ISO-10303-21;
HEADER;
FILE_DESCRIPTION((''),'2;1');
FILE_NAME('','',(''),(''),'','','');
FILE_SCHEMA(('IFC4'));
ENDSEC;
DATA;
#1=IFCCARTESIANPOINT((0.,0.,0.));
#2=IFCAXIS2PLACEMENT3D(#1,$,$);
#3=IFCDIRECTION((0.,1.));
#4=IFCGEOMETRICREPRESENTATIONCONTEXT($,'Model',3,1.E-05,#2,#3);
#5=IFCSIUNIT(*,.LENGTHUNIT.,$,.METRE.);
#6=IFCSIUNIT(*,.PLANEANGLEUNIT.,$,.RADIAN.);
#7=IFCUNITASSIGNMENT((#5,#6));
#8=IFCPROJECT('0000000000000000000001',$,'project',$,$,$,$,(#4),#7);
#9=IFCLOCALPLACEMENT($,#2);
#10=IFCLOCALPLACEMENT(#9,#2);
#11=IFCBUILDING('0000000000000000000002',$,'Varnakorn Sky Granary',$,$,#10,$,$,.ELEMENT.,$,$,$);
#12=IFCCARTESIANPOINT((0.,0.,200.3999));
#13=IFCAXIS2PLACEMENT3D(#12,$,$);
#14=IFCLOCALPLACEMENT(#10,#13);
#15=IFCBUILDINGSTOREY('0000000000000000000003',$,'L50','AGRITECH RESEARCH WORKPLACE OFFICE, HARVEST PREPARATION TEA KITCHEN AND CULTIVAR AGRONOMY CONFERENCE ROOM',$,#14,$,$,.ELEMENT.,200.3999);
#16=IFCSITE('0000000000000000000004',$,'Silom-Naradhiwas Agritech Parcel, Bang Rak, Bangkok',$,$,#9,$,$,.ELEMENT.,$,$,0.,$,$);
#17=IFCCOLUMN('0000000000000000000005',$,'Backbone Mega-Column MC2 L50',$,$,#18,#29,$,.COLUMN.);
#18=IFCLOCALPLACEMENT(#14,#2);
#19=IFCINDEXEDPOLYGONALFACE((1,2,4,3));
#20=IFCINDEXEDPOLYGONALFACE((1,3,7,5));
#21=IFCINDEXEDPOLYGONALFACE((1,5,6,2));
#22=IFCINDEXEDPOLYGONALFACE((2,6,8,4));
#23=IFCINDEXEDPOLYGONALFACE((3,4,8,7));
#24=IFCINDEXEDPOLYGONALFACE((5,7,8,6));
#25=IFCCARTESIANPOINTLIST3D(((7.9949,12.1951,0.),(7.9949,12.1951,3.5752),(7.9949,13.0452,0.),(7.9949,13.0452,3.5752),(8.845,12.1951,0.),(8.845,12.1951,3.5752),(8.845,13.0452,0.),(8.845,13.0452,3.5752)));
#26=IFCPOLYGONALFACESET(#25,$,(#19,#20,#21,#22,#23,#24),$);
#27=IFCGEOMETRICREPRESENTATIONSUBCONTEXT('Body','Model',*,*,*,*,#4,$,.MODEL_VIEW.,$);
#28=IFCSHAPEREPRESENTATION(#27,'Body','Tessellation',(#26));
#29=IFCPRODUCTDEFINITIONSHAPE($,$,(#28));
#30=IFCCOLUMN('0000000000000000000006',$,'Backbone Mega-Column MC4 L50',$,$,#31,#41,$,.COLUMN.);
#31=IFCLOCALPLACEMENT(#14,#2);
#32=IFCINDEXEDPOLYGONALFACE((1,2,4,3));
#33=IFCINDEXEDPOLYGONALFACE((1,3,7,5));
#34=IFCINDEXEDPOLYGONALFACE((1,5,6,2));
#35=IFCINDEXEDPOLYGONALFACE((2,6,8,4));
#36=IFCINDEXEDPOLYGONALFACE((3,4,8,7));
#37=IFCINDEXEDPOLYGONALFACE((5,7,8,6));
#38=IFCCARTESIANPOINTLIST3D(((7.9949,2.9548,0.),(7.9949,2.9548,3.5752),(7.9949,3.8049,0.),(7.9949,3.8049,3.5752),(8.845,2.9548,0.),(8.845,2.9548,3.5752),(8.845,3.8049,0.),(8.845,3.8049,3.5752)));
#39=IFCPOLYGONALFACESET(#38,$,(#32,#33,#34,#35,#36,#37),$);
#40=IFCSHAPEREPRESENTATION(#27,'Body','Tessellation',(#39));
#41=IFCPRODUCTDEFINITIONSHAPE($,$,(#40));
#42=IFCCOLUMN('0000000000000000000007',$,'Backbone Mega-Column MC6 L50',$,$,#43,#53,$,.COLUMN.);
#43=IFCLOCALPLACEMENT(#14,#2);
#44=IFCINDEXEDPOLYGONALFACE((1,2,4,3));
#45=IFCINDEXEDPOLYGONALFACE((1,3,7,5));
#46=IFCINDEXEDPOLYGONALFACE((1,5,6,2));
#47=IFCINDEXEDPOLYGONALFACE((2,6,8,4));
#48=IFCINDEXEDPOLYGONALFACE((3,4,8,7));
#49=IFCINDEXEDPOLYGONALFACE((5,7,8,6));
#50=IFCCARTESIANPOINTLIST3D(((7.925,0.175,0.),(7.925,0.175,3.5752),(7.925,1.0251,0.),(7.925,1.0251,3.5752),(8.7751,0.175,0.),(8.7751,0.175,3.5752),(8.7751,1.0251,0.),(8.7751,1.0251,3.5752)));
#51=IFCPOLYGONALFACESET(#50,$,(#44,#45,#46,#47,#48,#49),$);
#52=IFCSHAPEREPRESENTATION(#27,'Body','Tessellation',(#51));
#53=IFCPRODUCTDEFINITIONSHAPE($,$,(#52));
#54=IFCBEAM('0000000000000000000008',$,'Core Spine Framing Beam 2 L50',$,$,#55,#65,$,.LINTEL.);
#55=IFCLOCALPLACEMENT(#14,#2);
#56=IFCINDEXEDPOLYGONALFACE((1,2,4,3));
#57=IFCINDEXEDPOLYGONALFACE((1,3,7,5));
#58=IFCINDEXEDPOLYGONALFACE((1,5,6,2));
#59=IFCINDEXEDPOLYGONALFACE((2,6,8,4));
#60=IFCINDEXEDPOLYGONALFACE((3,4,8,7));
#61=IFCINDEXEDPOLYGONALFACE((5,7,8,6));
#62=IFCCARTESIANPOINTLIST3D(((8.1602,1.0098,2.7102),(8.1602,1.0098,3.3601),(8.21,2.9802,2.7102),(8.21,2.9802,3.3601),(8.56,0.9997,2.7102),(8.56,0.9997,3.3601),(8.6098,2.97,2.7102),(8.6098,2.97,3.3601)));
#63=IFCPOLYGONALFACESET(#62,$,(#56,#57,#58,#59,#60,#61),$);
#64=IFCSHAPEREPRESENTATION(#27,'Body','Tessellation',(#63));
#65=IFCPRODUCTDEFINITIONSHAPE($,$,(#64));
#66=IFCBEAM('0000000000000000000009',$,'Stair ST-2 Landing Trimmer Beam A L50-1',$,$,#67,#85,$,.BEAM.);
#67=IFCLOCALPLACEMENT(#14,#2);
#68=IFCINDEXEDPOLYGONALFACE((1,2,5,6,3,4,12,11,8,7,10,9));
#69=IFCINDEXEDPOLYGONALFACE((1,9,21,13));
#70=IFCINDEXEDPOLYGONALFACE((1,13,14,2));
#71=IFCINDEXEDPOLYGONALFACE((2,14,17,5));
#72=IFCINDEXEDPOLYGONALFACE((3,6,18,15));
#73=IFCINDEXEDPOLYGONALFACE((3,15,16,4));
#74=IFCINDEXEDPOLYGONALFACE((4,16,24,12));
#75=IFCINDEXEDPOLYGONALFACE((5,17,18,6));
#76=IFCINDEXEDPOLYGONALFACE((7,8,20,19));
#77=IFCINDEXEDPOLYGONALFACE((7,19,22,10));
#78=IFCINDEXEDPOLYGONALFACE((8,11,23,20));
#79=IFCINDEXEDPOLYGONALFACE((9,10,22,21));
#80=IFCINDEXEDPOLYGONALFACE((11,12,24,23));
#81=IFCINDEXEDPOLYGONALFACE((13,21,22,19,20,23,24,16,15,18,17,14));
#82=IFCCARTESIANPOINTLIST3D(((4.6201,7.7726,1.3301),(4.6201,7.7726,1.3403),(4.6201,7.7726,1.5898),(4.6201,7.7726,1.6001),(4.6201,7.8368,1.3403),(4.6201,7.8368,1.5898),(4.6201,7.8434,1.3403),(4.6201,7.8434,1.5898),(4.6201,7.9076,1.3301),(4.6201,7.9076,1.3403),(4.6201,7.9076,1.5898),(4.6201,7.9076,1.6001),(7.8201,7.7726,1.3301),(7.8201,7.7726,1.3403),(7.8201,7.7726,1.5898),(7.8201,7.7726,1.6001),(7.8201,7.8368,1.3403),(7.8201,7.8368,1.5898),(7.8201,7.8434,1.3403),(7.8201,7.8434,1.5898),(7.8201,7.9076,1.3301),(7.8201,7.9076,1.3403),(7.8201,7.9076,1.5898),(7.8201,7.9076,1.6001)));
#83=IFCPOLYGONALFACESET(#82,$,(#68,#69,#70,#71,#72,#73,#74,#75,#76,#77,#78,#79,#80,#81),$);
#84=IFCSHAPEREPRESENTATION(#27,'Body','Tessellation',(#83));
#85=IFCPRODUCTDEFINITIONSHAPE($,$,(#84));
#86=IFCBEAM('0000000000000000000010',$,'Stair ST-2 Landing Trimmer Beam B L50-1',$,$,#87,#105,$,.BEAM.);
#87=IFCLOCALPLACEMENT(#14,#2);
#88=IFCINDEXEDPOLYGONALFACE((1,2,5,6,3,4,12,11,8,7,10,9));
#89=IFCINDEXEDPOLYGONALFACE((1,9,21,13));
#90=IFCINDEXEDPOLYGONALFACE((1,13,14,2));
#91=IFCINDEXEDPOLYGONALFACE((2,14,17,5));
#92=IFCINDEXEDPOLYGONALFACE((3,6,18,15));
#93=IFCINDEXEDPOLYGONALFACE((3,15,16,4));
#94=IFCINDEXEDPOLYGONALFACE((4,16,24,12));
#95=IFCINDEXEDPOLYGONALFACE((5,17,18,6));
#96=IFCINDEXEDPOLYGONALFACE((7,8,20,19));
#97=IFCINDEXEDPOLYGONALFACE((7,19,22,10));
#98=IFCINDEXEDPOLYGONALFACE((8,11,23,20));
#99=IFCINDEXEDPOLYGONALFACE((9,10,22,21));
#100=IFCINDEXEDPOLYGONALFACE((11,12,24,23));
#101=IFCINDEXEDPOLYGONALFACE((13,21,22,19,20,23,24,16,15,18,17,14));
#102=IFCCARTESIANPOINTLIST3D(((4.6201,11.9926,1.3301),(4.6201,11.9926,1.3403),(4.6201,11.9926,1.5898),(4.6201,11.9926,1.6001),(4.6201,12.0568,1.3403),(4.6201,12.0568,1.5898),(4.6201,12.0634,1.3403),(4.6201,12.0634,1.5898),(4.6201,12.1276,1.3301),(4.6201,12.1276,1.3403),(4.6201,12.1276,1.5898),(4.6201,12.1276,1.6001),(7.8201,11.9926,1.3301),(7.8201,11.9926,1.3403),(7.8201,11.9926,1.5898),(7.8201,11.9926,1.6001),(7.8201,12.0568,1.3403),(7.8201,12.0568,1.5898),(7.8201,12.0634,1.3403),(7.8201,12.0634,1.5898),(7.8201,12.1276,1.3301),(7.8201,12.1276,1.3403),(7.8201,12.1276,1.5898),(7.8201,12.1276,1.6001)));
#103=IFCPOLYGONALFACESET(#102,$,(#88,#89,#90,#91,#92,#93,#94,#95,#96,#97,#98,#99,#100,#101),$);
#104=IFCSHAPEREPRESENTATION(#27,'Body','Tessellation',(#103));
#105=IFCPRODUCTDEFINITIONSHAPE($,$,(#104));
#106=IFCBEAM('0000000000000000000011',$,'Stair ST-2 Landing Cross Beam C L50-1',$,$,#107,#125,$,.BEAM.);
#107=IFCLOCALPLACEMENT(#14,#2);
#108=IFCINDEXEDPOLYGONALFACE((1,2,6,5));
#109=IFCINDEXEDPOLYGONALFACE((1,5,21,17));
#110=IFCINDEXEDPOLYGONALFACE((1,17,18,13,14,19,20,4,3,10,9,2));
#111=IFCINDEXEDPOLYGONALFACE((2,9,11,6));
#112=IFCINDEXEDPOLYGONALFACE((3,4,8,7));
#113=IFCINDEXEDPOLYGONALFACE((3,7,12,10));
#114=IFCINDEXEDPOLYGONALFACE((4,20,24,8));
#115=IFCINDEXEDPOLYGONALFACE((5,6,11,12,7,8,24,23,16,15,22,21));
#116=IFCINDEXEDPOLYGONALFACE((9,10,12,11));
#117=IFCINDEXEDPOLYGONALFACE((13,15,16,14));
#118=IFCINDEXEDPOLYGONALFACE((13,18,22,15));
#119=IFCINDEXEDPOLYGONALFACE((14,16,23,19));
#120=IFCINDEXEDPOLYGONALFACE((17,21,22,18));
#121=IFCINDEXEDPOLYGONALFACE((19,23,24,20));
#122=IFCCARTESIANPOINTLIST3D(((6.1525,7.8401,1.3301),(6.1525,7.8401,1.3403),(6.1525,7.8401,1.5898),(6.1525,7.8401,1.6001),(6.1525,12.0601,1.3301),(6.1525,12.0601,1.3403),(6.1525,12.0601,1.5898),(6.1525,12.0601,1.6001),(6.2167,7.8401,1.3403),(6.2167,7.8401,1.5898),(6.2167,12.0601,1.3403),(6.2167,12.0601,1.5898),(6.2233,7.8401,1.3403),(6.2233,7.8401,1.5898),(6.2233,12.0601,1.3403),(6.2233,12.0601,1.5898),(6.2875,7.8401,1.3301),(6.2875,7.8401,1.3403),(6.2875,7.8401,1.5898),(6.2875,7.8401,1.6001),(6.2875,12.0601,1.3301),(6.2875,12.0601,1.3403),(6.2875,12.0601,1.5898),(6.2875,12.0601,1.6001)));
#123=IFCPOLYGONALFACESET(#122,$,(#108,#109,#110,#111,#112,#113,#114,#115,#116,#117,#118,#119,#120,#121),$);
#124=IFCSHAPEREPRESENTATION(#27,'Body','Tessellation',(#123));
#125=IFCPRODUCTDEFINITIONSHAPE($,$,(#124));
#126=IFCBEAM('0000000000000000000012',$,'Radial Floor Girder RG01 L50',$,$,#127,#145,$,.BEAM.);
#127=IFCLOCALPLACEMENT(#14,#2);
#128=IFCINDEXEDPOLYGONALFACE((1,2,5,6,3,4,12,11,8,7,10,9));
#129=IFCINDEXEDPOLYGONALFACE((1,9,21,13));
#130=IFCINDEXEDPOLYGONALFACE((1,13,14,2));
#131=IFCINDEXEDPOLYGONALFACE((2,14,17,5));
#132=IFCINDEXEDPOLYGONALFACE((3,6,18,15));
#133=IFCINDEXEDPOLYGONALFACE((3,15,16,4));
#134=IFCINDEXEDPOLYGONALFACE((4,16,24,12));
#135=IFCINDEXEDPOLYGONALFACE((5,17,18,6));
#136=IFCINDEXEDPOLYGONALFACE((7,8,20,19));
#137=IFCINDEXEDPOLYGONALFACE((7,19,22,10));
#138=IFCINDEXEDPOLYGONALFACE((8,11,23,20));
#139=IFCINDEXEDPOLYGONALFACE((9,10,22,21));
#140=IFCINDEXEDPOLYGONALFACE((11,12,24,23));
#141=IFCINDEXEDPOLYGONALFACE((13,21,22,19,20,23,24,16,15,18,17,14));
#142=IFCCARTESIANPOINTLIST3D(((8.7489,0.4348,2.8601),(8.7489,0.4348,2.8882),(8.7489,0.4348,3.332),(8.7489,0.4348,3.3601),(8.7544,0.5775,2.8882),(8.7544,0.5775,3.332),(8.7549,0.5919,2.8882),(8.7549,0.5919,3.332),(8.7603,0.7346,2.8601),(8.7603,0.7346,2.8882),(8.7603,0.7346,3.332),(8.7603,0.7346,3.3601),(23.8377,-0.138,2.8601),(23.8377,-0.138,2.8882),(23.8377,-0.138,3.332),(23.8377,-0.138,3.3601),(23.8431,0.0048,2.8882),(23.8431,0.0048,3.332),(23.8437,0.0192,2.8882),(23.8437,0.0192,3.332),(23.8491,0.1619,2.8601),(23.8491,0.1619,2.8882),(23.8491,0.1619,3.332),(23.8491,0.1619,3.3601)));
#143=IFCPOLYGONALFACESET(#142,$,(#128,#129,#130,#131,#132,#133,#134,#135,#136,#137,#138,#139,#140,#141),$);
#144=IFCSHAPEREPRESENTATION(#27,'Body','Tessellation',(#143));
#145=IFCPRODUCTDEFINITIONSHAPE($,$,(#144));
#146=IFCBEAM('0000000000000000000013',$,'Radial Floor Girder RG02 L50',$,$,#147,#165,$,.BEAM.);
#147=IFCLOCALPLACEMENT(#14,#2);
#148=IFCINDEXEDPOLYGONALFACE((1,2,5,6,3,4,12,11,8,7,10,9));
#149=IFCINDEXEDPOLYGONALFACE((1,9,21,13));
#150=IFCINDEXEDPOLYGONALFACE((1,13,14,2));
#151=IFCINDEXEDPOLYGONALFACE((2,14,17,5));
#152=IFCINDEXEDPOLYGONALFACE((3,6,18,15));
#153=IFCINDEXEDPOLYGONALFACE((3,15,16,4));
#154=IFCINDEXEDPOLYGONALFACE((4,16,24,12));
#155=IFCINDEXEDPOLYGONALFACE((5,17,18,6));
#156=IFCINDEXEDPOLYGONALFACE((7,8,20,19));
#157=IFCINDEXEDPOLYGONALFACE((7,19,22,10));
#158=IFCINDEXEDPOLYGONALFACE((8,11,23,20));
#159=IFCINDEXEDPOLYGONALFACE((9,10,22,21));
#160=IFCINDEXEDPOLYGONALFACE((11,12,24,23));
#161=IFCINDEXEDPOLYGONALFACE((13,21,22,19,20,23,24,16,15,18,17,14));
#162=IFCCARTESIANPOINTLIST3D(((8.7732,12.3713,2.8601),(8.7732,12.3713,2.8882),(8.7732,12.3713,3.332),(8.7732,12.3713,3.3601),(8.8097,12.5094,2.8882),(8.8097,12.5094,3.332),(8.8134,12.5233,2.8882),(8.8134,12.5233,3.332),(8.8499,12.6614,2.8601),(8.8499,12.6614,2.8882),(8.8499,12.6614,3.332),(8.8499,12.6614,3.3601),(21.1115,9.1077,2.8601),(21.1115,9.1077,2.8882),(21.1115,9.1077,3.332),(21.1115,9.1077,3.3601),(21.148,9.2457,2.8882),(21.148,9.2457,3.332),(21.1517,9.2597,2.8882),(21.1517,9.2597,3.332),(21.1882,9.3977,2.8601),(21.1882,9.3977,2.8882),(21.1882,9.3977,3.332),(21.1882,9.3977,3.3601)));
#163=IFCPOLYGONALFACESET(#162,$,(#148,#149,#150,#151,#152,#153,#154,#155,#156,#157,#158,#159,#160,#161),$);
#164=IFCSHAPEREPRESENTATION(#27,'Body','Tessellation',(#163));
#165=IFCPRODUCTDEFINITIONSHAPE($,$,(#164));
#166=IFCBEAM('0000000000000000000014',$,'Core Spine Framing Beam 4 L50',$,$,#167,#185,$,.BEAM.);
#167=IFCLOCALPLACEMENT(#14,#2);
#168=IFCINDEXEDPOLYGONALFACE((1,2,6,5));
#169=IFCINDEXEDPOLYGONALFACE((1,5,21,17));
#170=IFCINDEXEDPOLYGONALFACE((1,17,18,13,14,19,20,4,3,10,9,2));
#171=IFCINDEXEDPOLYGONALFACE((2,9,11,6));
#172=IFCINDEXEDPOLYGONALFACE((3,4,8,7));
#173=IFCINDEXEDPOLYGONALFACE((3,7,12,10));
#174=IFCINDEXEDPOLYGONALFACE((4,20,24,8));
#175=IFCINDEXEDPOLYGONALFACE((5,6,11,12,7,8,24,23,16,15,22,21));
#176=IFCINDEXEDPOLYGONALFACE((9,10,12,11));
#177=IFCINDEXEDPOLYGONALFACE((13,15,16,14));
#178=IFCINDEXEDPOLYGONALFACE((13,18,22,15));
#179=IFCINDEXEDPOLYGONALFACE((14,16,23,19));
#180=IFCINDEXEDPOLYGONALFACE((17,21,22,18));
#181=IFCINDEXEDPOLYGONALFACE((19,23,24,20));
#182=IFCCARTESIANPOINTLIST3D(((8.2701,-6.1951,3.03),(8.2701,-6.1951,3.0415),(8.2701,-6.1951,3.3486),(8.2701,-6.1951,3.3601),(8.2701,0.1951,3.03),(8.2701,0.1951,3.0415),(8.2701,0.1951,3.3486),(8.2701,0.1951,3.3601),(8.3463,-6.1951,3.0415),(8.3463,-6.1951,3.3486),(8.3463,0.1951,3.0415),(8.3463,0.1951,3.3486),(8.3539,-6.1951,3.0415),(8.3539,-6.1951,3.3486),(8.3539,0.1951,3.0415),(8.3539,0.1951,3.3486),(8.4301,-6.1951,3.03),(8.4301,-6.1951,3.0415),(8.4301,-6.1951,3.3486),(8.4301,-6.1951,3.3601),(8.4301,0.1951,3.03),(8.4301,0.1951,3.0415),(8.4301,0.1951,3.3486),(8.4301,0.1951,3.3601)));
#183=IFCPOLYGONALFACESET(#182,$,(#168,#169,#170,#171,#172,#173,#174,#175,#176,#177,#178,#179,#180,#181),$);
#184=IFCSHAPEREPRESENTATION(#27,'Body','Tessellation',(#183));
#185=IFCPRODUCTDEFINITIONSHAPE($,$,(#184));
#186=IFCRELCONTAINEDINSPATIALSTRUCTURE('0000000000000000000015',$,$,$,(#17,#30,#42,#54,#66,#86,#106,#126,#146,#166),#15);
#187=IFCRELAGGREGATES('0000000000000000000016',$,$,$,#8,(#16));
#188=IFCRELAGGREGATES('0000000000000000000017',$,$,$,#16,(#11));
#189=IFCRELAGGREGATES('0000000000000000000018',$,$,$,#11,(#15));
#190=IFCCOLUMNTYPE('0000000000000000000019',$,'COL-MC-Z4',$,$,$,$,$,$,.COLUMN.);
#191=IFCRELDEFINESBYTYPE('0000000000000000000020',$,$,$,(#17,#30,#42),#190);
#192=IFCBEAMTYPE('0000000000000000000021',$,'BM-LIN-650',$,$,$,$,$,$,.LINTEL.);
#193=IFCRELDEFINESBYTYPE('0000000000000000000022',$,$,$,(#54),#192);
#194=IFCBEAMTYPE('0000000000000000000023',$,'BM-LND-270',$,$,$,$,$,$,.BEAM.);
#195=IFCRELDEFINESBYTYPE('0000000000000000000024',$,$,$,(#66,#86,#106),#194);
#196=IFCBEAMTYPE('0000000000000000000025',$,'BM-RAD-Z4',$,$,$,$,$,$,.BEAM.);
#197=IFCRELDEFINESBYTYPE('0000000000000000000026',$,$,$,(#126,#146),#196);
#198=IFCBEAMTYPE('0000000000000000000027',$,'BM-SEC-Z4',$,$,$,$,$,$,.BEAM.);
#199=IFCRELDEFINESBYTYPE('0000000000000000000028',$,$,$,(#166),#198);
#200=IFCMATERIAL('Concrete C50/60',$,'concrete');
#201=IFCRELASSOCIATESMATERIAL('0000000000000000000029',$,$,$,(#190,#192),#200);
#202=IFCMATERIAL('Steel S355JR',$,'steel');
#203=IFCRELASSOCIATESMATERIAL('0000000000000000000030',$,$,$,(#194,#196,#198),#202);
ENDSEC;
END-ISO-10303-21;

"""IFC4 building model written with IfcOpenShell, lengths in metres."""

from ifc_helpers import new_model, si_unit, direction, frame, origin, origin_2d, place, context, subcontext, project, spatial, rectangle, i_section, extrude, material, material_profile, profile_set, type_object, element, save


model = new_model("IFC4")

# Units and contexts
model_context = context("Model", 3, precision=1e-05, world=origin(), true_north=direction((0.0, 1.0)))
body_context = subcontext(model_context, "Body", "Model", "MODEL_VIEW")
ifc_project = project(units=[si_unit("LENGTHUNIT", "METRE"), si_unit("PLANEANGLEUNIT", "RADIAN")], contexts=[model_context])

# Site, building, storey
site_placement = place(None, origin())
site = spatial("IfcSite", under=ifc_project, at=site_placement, Name="Silom-Naradhiwas Agritech Parcel, Bang Rak, Bangkok", CompositionType="ELEMENT", RefElevation=0.0)
building_placement = place(site_placement, origin())
building = spatial("IfcBuilding", under=site, at=building_placement, Name="Varnakorn Sky Granary", CompositionType="ELEMENT")
storey_placement = place(building_placement, frame((0.0, 0.0, 200.3999)))
storey = spatial("IfcBuildingStorey", under=building, at=storey_placement, Name="L50", Description="AGRITECH RESEARCH WORKPLACE OFFICE, HARVEST PREPARATION TEA KITCHEN AND CULTIVAR AGRONOMY CONFERENCE ROOM", CompositionType="ELEMENT", Elevation=200.3999)

# Columns
ifc_material_1 = material(Name="Concrete C50/60", Category="concrete")
ifc_material_profile_1 = material_profile(ifc_material_1, rectangle(XDim=0.8501, YDim=0.8501, at=origin_2d()), Name="RC 850x850")
ifc_profile_set_1 = profile_set([ifc_material_profile_1], Name="Concrete C50/60")
column_type = type_object("IfcColumnType", Name="COL-MC-Z4", PredefinedType="COLUMN", material=ifc_profile_set_1)
for number, where, z_axis, x_axis, name in (
    (1, (8.4199, 12.6201, 0.0), (0.0, 0.0, 1.0), (1.0, 0.0, 0.0), "Backbone Mega-Column MC2 L50"),
    (2, (8.4199, 3.3799, 0.0), (0.0, 0.0, 1.0), (1.0, 0.0, 0.0), "Backbone Mega-Column MC4 L50"),
    (3, (8.3501, 0.6001, 0.0), (0.0, 0.0, 1.0), (1.0, 0.0, 0.0), "Backbone Mega-Column MC6 L50"),
):
    element("IfcColumn", number, at=place(storey_placement, frame(where, z_axis=z_axis, x_axis=x_axis)), inside=storey, type_object=column_type, Name=name, PredefinedType="COLUMN", context=body_context, shape_type="SweptSolid", body=[
        extrude(rectangle(XDim=0.8501, YDim=0.8501, at=origin_2d()), origin(), (0.0, 0.0, 1.0), 3.5752),
    ])

# Beams
ifc_material_profile_2 = material_profile(ifc_material_1, rectangle(XDim=0.3999, YDim=0.6499, at=origin_2d()), Name="RC 400x650")
ifc_profile_set_2 = profile_set([ifc_material_profile_2], Name="Concrete C50/60")
beam_type_1 = type_object("IfcBeamType", Name="BM-LIN-650", PredefinedType="LINTEL", material=ifc_profile_set_2)
beam_1_placement = place(storey_placement, frame((8.4099, 2.9751, 3.0352), z_axis=(-0.025271, -0.999681, 0.0), x_axis=(0.999681, -0.025271, 0.0)))
element("IfcBeam", 4, at=beam_1_placement, inside=storey, type_object=beam_type_1, Name="Core Spine Framing Beam 2 L50", PredefinedType="LINTEL", context=body_context, shape_type="SweptSolid", body=[
    extrude(rectangle(XDim=0.3999, YDim=0.6499, at=origin_2d()), origin(), (0.0, 0.0, 1.0), 1.9709),
])
ifc_material_2 = material(Name="Steel S355JR", Category="steel")
ifc_material_profile_3 = material_profile(ifc_material_2, i_section(OverallWidth=0.135, OverallDepth=0.27, WebThickness=0.0066, FlangeThickness=0.0103, at=origin_2d()), Name="IPE 270")
ifc_profile_set_3 = profile_set([ifc_material_profile_3], Name="Steel S355JR")
beam_type_2 = type_object("IfcBeamType", Name="BM-LND-270", PredefinedType="BEAM", material=ifc_profile_set_3)
for number, where, z_axis, x_axis, name in (
    (5, (4.6201, 7.8401, 1.4651), (1.0, 0.0, 0.0), (0.0, 1.0, 0.0), "Stair ST-2 Landing Trimmer Beam A L50-1"),
    (6, (4.6201, 12.0601, 1.4651), (1.0, 0.0, 0.0), (0.0, 1.0, 0.0), "Stair ST-2 Landing Trimmer Beam B L50-1"),
):
    element("IfcBeam", number, at=place(storey_placement, frame(where, z_axis=z_axis, x_axis=x_axis)), inside=storey, type_object=beam_type_2, Name=name, PredefinedType="BEAM", context=body_context, shape_type="SweptSolid", body=[
        extrude(i_section(OverallWidth=0.135, OverallDepth=0.27, WebThickness=0.0066, FlangeThickness=0.0103, at=origin_2d()), origin(), (0.0, 0.0, 1.0), 3.2),
    ])
beam_2_placement = place(storey_placement, frame((6.22, 7.8401, 1.4651), z_axis=(0.0, 1.0, 0.0), x_axis=(-1.0, 0.0, 0.0)))
element("IfcBeam", 7, at=beam_2_placement, inside=storey, type_object=beam_type_2, Name="Stair ST-2 Landing Cross Beam C L50-1", PredefinedType="BEAM", context=body_context, shape_type="SweptSolid", body=[
    extrude(i_section(OverallWidth=0.135, OverallDepth=0.27, WebThickness=0.0066, FlangeThickness=0.0103, at=origin_2d()), origin(), (0.0, 0.0, 1.0), 4.22),
])
ifc_material_profile_4 = material_profile(ifc_material_2, i_section(OverallWidth=0.3, OverallDepth=0.5, WebThickness=0.0144, FlangeThickness=0.0281, at=origin_2d()), Name="HE 500 B")
ifc_profile_set_4 = profile_set([ifc_material_profile_4], Name="Steel S355JR")
beam_type_3 = type_object("IfcBeamType", Name="BM-RAD-Z4", PredefinedType="BEAM", material=ifc_profile_set_4)
beam_3_placement = place(storey_placement, frame((8.7546, 0.5847, 3.1101), z_axis=(0.99928, -0.037932, 0.0), x_axis=(0.037932, 0.99928, 0.0)))
element("IfcBeam", 8, at=beam_3_placement, inside=storey, type_object=beam_type_3, Name="Radial Floor Girder RG01 L50", PredefinedType="BEAM", context=body_context, shape_type="SweptSolid", body=[
    extrude(i_section(OverallWidth=0.3, OverallDepth=0.5, WebThickness=0.0144, FlangeThickness=0.0281, at=origin_2d()), origin(), (0.0, 0.0, 1.0), 15.0996),
])
beam_4_placement = place(storey_placement, frame((8.8115, 12.5164, 3.1101), z_axis=(0.966751, -0.255719, 0.0), x_axis=(0.255719, 0.966751, 0.0)))
element("IfcBeam", 9, at=beam_4_placement, inside=storey, type_object=beam_type_3, Name="Radial Floor Girder RG02 L50", PredefinedType="BEAM", context=body_context, shape_type="SweptSolid", body=[
    extrude(i_section(OverallWidth=0.3, OverallDepth=0.5, WebThickness=0.0144, FlangeThickness=0.0281, at=origin_2d()), origin(), (0.0, 0.0, 1.0), 12.7627),
])
ifc_material_profile_5 = material_profile(ifc_material_2, i_section(OverallWidth=0.1599, OverallDepth=0.3301, WebThickness=0.0076, FlangeThickness=0.0115, at=origin_2d()), Name="IPE 330")
ifc_profile_set_5 = profile_set([ifc_material_profile_5], Name="Steel S355JR")
beam_type_4 = type_object("IfcBeamType", Name="BM-SEC-Z4", PredefinedType="BEAM", material=ifc_profile_set_5)
beam_5_placement = place(storey_placement, frame((8.3501, 0.1951, 3.1951), z_axis=(0.0, -1.0, 0.0), x_axis=(1.0, 0.0, 0.0)))
element("IfcBeam", 10, at=beam_5_placement, inside=storey, type_object=beam_type_4, Name="Core Spine Framing Beam 4 L50", PredefinedType="BEAM", context=body_context, shape_type="SweptSolid", body=[
    extrude(i_section(OverallWidth=0.1599, OverallDepth=0.3301, WebThickness=0.0076, FlangeThickness=0.0115, at=origin_2d()), origin(), (0.0, 0.0, 1.0), 6.3901),
])

save(model, "model.ifc")
